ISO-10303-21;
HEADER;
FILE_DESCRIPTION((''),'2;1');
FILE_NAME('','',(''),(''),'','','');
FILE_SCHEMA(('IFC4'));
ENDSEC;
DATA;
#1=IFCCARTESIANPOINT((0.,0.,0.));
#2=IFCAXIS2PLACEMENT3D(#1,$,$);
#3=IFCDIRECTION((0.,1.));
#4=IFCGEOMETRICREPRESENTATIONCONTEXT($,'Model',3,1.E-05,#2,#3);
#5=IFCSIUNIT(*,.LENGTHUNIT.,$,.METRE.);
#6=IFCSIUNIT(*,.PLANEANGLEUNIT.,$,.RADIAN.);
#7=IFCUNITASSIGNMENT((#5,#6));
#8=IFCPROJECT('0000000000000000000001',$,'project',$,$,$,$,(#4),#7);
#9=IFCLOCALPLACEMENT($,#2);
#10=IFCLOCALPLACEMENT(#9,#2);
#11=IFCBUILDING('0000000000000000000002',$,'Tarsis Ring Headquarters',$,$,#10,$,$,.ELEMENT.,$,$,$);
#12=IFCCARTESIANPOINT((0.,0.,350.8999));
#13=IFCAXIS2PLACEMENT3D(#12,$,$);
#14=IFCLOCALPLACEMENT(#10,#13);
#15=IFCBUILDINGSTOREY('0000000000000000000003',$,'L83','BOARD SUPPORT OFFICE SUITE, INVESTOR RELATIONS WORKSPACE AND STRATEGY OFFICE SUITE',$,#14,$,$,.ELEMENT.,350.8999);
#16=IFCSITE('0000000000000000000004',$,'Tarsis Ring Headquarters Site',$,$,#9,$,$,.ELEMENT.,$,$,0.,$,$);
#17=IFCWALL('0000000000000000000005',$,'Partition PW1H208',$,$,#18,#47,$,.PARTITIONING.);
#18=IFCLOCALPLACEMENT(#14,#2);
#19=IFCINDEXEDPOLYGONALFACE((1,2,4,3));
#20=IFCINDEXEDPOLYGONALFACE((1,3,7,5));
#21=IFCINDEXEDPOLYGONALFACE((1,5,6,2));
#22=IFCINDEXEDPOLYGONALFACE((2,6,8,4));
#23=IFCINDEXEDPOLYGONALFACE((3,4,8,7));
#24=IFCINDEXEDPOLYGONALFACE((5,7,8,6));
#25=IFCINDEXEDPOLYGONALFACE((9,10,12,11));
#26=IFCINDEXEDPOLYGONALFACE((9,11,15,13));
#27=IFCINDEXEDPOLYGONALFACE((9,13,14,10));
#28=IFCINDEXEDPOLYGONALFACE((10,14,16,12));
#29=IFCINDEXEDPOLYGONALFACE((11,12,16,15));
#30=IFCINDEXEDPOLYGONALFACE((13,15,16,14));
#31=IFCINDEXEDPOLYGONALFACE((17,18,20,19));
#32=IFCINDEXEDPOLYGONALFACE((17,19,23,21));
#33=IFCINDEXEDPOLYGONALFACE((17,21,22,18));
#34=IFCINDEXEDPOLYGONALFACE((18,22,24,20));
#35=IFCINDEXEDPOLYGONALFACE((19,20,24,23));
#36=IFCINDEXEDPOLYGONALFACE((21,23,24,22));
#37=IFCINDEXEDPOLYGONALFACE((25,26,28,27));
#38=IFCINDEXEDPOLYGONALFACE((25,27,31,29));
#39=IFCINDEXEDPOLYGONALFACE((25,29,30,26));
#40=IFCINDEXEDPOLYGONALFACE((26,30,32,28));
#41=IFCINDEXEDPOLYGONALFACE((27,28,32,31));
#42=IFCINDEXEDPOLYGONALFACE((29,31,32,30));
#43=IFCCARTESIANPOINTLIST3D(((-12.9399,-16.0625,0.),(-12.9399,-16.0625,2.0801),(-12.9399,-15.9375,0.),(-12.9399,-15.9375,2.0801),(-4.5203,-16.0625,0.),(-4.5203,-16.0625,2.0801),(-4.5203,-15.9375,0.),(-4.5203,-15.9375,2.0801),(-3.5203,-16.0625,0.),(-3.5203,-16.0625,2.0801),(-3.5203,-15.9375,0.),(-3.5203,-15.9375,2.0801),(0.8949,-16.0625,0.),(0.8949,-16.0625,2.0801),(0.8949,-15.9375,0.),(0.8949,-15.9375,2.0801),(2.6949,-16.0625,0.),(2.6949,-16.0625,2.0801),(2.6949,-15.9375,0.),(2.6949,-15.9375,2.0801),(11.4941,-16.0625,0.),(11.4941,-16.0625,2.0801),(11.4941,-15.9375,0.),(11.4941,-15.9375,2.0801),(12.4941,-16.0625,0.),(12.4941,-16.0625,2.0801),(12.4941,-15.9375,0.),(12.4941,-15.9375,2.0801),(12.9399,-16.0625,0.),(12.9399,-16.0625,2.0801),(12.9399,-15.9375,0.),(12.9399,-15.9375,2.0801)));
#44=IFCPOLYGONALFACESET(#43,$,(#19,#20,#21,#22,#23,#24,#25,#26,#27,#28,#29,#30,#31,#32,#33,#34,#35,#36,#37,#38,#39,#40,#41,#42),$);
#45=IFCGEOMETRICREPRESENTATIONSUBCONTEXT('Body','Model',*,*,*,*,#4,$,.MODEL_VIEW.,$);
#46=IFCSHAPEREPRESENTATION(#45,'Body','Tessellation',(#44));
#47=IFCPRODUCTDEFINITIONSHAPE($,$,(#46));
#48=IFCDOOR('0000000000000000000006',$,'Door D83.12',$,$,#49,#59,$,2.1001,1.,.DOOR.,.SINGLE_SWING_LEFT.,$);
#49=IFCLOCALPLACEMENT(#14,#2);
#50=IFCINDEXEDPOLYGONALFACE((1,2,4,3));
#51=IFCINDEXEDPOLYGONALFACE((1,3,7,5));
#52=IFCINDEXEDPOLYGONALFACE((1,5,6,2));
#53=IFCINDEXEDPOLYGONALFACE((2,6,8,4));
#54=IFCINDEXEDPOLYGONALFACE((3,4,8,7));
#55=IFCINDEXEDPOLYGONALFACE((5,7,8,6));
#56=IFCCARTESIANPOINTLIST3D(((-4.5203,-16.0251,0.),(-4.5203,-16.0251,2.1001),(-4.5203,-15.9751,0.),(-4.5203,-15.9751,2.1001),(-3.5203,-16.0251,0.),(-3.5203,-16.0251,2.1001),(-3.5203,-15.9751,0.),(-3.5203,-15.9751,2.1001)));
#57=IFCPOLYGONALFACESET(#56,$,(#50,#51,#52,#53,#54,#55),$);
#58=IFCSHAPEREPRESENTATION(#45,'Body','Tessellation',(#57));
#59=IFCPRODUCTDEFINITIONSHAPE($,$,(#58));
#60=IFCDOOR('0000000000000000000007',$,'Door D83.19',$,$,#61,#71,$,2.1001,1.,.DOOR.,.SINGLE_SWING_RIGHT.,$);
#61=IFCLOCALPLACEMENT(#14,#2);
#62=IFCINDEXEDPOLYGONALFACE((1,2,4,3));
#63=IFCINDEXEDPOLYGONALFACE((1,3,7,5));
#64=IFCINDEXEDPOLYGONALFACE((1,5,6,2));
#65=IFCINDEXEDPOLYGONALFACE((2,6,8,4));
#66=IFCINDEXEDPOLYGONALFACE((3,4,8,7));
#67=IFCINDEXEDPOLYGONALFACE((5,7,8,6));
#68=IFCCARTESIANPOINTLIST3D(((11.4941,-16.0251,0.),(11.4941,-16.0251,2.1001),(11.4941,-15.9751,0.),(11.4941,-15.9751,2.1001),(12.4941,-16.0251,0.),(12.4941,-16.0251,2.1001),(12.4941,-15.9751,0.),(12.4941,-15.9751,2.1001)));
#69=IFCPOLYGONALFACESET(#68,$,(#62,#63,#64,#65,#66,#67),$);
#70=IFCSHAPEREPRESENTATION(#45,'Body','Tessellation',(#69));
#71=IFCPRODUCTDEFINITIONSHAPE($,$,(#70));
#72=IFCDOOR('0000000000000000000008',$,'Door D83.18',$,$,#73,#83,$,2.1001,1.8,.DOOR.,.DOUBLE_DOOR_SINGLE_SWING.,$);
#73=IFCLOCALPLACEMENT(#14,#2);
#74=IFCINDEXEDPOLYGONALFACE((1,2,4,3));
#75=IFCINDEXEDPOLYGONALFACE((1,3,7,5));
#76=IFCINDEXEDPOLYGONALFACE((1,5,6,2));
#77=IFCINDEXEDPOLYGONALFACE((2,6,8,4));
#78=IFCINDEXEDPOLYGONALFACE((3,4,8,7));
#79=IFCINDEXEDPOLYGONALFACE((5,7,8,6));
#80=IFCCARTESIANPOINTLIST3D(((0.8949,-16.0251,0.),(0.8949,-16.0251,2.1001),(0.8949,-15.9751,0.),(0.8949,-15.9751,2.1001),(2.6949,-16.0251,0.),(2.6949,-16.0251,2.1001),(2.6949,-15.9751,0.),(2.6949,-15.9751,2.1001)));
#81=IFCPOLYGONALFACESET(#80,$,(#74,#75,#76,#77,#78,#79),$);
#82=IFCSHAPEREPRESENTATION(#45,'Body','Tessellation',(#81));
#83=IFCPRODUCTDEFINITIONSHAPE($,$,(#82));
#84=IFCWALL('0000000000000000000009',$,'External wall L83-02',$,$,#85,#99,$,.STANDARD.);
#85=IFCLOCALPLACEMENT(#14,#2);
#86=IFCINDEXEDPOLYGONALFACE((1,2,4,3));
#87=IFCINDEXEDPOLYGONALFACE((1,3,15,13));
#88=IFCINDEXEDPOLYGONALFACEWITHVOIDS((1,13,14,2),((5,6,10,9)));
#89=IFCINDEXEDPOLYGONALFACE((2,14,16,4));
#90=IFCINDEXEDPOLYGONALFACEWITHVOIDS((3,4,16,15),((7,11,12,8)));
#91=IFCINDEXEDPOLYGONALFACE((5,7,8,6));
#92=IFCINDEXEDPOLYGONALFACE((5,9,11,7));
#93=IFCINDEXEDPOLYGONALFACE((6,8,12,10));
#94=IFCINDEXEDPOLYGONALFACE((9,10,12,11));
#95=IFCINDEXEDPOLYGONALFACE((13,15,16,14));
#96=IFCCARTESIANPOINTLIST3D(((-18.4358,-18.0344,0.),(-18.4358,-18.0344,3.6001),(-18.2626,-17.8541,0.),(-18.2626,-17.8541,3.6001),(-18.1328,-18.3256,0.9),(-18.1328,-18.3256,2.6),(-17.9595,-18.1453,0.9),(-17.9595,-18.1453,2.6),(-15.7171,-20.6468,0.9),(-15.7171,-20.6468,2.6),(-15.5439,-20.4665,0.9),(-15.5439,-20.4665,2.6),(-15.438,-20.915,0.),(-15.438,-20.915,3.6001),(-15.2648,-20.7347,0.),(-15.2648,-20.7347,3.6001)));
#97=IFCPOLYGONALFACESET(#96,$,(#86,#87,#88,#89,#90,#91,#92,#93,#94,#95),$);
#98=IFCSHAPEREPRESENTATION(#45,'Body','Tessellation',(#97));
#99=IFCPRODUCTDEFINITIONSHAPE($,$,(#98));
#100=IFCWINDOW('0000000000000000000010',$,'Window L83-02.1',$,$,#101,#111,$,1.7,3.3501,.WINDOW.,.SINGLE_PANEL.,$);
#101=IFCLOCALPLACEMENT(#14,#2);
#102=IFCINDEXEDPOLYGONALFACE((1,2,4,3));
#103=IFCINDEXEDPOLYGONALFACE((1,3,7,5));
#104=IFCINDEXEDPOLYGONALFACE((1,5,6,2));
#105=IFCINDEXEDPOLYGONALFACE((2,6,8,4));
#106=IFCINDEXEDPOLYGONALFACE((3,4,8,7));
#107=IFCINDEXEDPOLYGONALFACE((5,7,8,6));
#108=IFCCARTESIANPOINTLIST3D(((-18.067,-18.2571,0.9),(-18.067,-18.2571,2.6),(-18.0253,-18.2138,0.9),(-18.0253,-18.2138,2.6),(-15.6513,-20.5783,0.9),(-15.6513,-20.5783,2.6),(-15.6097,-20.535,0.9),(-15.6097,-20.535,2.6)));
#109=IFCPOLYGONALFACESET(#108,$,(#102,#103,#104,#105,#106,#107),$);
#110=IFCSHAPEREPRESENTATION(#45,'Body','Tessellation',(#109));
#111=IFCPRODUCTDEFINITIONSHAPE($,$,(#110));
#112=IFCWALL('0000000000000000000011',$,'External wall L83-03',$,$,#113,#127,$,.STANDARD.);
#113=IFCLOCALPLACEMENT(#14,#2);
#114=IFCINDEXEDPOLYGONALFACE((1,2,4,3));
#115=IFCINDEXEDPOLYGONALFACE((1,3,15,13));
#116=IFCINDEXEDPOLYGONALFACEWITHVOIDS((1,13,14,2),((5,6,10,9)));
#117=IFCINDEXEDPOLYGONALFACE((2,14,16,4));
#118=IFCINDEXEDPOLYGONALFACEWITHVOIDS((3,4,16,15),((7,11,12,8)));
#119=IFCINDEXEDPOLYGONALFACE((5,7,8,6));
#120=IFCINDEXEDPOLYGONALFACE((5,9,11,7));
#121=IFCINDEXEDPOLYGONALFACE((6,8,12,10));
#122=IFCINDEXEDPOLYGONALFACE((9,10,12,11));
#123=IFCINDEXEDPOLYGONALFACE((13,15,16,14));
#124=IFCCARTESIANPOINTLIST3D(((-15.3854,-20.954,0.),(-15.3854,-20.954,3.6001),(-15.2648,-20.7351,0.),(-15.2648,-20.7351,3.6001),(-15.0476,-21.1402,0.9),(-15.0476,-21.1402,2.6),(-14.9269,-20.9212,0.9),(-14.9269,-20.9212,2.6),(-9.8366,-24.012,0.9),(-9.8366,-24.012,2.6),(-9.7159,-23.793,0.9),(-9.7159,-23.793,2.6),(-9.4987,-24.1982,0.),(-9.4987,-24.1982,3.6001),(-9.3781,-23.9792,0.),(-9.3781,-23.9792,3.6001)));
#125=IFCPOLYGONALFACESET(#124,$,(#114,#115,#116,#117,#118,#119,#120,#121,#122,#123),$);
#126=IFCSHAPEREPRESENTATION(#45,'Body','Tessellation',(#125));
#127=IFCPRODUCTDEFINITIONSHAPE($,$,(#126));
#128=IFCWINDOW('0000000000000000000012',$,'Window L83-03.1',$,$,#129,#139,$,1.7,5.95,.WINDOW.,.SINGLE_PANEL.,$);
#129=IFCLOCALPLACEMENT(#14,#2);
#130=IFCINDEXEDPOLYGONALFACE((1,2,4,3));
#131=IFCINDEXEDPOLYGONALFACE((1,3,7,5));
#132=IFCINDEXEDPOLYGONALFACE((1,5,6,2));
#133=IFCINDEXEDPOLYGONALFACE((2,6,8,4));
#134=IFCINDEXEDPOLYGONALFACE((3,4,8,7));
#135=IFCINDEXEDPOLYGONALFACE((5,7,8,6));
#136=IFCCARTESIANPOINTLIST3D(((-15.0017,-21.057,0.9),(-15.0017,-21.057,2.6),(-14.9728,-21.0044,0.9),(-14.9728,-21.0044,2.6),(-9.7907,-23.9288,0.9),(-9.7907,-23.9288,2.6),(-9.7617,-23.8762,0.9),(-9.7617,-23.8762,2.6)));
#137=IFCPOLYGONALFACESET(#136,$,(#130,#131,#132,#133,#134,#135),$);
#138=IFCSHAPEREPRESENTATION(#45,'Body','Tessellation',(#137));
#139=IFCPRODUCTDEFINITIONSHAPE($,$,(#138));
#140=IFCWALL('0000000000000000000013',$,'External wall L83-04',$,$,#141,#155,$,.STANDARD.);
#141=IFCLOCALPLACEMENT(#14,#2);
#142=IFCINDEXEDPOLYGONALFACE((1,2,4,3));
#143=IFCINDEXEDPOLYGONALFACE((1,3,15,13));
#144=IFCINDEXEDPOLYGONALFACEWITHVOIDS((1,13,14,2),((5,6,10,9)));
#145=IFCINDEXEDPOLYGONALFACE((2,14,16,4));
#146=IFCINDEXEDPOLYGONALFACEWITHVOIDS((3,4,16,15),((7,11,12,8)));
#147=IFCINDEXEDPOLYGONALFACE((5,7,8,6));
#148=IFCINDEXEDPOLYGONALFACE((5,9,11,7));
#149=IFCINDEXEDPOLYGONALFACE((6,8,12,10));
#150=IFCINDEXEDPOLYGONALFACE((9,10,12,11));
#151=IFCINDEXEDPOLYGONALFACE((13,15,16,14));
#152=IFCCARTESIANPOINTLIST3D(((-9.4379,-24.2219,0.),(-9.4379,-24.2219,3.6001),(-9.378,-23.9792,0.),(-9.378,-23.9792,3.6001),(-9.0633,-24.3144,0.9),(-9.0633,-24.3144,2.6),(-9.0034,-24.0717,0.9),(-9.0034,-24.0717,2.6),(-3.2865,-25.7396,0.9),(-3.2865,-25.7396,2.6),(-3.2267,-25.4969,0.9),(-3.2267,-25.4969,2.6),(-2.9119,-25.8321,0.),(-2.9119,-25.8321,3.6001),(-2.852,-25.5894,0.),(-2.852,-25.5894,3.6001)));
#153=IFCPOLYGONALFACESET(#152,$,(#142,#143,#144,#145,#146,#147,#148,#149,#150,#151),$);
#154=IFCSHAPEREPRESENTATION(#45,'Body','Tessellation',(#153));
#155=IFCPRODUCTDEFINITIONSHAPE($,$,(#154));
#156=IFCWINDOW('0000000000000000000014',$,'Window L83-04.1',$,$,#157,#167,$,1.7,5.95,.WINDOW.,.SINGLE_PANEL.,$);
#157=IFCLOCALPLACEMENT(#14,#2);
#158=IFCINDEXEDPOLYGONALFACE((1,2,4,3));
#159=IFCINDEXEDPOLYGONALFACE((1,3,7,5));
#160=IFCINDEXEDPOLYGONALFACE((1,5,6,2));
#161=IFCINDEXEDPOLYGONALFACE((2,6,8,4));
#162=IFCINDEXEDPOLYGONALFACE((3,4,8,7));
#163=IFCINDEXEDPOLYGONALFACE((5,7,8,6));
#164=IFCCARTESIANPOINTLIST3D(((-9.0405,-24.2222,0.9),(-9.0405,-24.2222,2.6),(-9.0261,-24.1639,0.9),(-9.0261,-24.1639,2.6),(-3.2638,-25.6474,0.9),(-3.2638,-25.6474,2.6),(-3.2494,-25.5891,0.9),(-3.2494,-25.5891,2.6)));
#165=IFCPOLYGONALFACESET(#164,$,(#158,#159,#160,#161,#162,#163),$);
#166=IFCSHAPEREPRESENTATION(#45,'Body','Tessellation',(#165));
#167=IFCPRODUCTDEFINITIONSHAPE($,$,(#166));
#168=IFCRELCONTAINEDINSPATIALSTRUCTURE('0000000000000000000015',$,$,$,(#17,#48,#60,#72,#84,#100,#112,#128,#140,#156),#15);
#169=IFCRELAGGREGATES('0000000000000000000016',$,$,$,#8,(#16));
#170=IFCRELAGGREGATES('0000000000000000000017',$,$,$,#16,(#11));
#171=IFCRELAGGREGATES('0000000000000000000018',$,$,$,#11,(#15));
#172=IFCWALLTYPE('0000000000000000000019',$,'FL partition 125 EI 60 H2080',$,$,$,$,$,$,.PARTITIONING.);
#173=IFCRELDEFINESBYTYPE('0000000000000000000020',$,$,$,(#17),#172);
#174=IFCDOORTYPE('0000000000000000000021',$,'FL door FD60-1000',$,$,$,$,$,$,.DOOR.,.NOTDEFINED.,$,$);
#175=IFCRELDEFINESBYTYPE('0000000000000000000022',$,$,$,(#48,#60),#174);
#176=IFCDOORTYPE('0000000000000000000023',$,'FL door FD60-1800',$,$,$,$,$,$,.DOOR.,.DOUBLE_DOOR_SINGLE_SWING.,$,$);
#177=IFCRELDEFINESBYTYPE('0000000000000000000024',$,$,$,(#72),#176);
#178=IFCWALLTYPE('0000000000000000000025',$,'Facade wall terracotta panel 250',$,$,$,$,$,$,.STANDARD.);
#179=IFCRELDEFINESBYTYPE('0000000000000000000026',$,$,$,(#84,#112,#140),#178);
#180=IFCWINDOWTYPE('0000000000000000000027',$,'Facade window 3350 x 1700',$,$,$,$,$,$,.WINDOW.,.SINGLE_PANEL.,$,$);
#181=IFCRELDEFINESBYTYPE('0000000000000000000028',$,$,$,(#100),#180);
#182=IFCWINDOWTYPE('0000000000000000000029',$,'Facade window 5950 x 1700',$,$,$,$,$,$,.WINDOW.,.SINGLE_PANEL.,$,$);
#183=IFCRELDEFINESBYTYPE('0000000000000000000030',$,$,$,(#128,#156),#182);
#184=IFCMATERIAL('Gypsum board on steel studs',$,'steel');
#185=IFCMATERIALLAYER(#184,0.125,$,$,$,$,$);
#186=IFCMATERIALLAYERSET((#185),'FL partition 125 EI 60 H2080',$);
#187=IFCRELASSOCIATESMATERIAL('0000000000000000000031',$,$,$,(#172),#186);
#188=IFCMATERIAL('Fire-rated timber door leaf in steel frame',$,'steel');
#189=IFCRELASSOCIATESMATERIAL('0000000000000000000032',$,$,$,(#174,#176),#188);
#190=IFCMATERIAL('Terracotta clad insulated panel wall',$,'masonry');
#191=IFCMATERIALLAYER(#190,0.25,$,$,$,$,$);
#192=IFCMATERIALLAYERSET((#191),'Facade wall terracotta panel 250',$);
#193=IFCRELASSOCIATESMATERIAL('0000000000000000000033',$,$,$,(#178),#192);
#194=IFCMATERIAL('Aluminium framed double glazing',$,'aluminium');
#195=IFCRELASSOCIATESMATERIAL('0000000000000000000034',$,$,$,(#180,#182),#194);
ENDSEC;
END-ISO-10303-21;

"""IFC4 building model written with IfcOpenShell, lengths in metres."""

from ifc_helpers import new_model, si_unit, direction, frame, frame_2d, origin, place, context, subcontext, project, spatial, rectangle, extrude, material, layer, layer_set, type_object, element, fill, save


model = new_model("IFC4")

# Units and contexts
model_context = context("Model", 3, precision=1e-05, world=origin(), true_north=direction((0.0, 1.0)))
body_context = subcontext(model_context, "Body", "Model", "MODEL_VIEW")
ifc_project = project(units=[si_unit("LENGTHUNIT", "METRE"), si_unit("PLANEANGLEUNIT", "RADIAN")], contexts=[model_context])

# Site, building, storey
site_placement = place(None, origin())
site = spatial("IfcSite", under=ifc_project, at=site_placement, Name="Tarsis Ring Headquarters Site", CompositionType="ELEMENT", RefElevation=0.0)
building_placement = place(site_placement, origin())
building = spatial("IfcBuilding", under=site, at=building_placement, Name="Tarsis Ring Headquarters", CompositionType="ELEMENT")
storey_placement = place(building_placement, frame((0.0, 0.0, 350.8999)))
storey = spatial("IfcBuildingStorey", under=building, at=storey_placement, Name="L83", Description="BOARD SUPPORT OFFICE SUITE, INVESTOR RELATIONS WORKSPACE AND STRATEGY OFFICE SUITE", CompositionType="ELEMENT", Elevation=350.8999)

# Shared definitions
ifc_material_1 = material(Name="Gypsum board on steel studs", Category="steel")

# Wall, openings, doors
ifc_layer_1 = layer(ifc_material_1, 0.125)
ifc_layer_set_1 = layer_set([ifc_layer_1], Name="FL partition 125 EI 60 H2080")
wall_type_1 = type_object("IfcWallType", Name="FL partition 125 EI 60 H2080", PredefinedType="PARTITIONING", material=ifc_layer_set_1)
ifc_material_2 = material(Name="Fire-rated timber door leaf in steel frame", Category="steel")
door_type_1 = type_object("IfcDoorType", Name="FL door FD60-1000", OperationType="NOTDEFINED", PredefinedType="DOOR", material=ifc_material_2)
door_type_2 = type_object("IfcDoorType", Name="FL door FD60-1800", OperationType="DOUBLE_DOOR_SINGLE_SWING", PredefinedType="DOOR", material=ifc_material_2)
wall_1_placement = place(storey_placement, frame((-12.9399, -16.0, 0.0), z_axis=(0.0, 0.0, 1.0), x_axis=(1.0, 0.0, 0.0)))
wall_1 = element("IfcWall", 1, at=wall_1_placement, inside=storey, type_object=wall_type_1, Name="Partition PW1H208", PredefinedType="PARTITIONING", context=body_context, shape_type="SweptSolid", body=[
    extrude(rectangle(XDim=25.8799, YDim=0.125, at=frame_2d((12.9399, 0.0))), origin(), (0.0, 0.0, 1.0), 2.0801),
])
opening_1_placement = place(wall_1_placement, frame((8.4197, 0.0, 0.0)))
opening_1 = element("IfcOpeningElement", 2, at=opening_1_placement, cuts=wall_1, PredefinedType="OPENING", context=body_context, shape_type="SweptSolid", body=[
    extrude(rectangle(XDim=1.0, YDim=2.1001, at=frame_2d((0.5, 1.05))), frame((0.0, 0.0725, 0.0), z_axis=(0.0, -1.0, 0.0), x_axis=(1.0, 0.0, 0.0)), (0.0, 0.0, 1.0), 0.145),
])
opening_2_placement = place(wall_1_placement, frame((13.835, 0.0, 0.0)))
opening_2 = element("IfcOpeningElement", 3, at=opening_2_placement, cuts=wall_1, PredefinedType="OPENING", context=body_context, shape_type="SweptSolid", body=[
    extrude(rectangle(XDim=1.8, YDim=2.1001, at=frame_2d((0.8999, 1.05))), frame((0.0, 0.0725, 0.0), z_axis=(0.0, -1.0, 0.0), x_axis=(1.0, 0.0, 0.0)), (0.0, 0.0, 1.0), 0.145),
])
opening_3_placement = place(wall_1_placement, frame((24.4341, 0.0, 0.0)))
opening_3 = element("IfcOpeningElement", 4, at=opening_3_placement, cuts=wall_1, PredefinedType="OPENING", context=body_context, shape_type="SweptSolid", body=[
    extrude(rectangle(XDim=1.0, YDim=2.1001, at=frame_2d((0.5, 1.05))), frame((0.0, 0.0725, 0.0), z_axis=(0.0, -1.0, 0.0), x_axis=(1.0, 0.0, 0.0)), (0.0, 0.0, 1.0), 0.145),
])
door_1_placement = place(opening_1_placement, origin())
door_1 = element("IfcDoor", 5, at=door_1_placement, inside=storey, type_object=door_type_1, Name="Door D83.12", OperationType="SINGLE_SWING_LEFT", OverallHeight=2.1001, OverallWidth=1.0, PredefinedType="DOOR", context=body_context, shape_type="SweptSolid", body=[
    extrude(rectangle(XDim=1.0, YDim=2.1001, at=frame_2d((0.5, 1.05))), frame((0.0, 0.0249, 0.0), z_axis=(0.0, -1.0, 0.0), x_axis=(1.0, 0.0, 0.0)), (0.0, 0.0, 1.0), 0.05),
])
fill(opening_1, door_1)
door_2_placement = place(opening_3_placement, origin())
door_2 = element("IfcDoor", 6, at=door_2_placement, inside=storey, type_object=door_type_1, Name="Door D83.19", OperationType="SINGLE_SWING_RIGHT", OverallHeight=2.1001, OverallWidth=1.0, PredefinedType="DOOR", context=body_context, shape_type="SweptSolid", body=[
    extrude(rectangle(XDim=1.0, YDim=2.1001, at=frame_2d((0.5, 1.05))), frame((0.0, 0.0249, 0.0), z_axis=(0.0, -1.0, 0.0), x_axis=(1.0, 0.0, 0.0)), (0.0, 0.0, 1.0), 0.05),
])
fill(opening_3, door_2)
door_3_placement = place(opening_2_placement, origin())
door_3 = element("IfcDoor", 7, at=door_3_placement, inside=storey, type_object=door_type_2, Name="Door D83.18", OperationType="DOUBLE_DOOR_SINGLE_SWING", OverallHeight=2.1001, OverallWidth=1.8, PredefinedType="DOOR", context=body_context, shape_type="SweptSolid", body=[
    extrude(rectangle(XDim=1.8, YDim=2.1001, at=frame_2d((0.8999, 1.05))), frame((0.0, 0.0249, 0.0), z_axis=(0.0, -1.0, 0.0), x_axis=(1.0, 0.0, 0.0)), (0.0, 0.0, 1.0), 0.05),
])
fill(opening_2, door_3)

# Walls, openings, windows
ifc_material_3 = material(Name="Terracotta clad insulated panel wall", Category="masonry")
ifc_layer_2 = layer(ifc_material_3, 0.25)
ifc_layer_set_2 = layer_set([ifc_layer_2], Name="Facade wall terracotta panel 250")
wall_type_2 = type_object("IfcWallType", Name="Facade wall terracotta panel 250", PredefinedType="STANDARD", material=ifc_layer_set_2)
wall_2_placement = place(storey_placement, frame((-18.3491, -17.9443, 0.0), z_axis=(0.0, 0.0, 1.0), x_axis=(0.72106, -0.692873, 0.0)))
wall_2 = element("IfcWall", 8, at=wall_2_placement, inside=storey, type_object=wall_type_2, Name="External wall L83-02", PredefinedType="STANDARD", context=body_context, shape_type="SweptSolid", body=[
    extrude(rectangle(XDim=4.1575, YDim=0.25, at=frame_2d((2.0786, 0.0))), origin(), (0.0, 0.0, 1.0), 3.6001),
])
opening_4_placement = place(wall_2_placement, frame((0.4202, 0.0, 0.8999)))
opening_4 = element("IfcOpeningElement", 9, at=opening_4_placement, cuts=wall_2, PredefinedType="OPENING", context=body_context, shape_type="SweptSolid", body=[
    extrude(rectangle(XDim=3.3501, YDim=1.7, at=frame_2d((1.675, 0.8501))), frame((0.0, 0.135, 0.0), z_axis=(0.0, -1.0, 0.0), x_axis=(1.0, 0.0, 0.0)), (0.0, 0.0, 1.0), 0.27),
])
ifc_material_4 = material(Name="Aluminium framed double glazing", Category="aluminium")
window_type_1 = type_object("IfcWindowType", Name="Facade window 3350 x 1700", PartitioningType="SINGLE_PANEL", PredefinedType="WINDOW", material=ifc_material_4)
window_1_placement = place(opening_4_placement, origin())
window_1 = element("IfcWindow", 10, at=window_1_placement, inside=storey, type_object=window_type_1, Name="Window L83-02.1", OverallHeight=1.7, OverallWidth=3.3501, PartitioningType="SINGLE_PANEL", PredefinedType="WINDOW", context=body_context, shape_type="SweptSolid", body=[
    extrude(rectangle(XDim=3.3501, YDim=1.7, at=frame_2d((1.675, 0.8501))), frame((0.0, 0.03, 0.0), z_axis=(0.0, -1.0, 0.0), x_axis=(1.0, 0.0, 0.0)), (0.0, 0.0, 1.0), 0.0601),
])
fill(opening_4, window_1)
wall_3_placement = place(storey_placement, frame((-15.3252, -20.8445, 0.0), z_axis=(0.0, 0.0, 1.0), x_axis=(0.875811, -0.482655, 0.0)))
wall_3 = element("IfcWall", 11, at=wall_3_placement, inside=storey, type_object=wall_type_2, Name="External wall L83-03", PredefinedType="STANDARD", context=body_context, shape_type="SweptSolid", body=[
    extrude(rectangle(XDim=6.7214, YDim=0.25, at=frame_2d((3.3608, 0.0))), origin(), (0.0, 0.0, 1.0), 3.6001),
])
opening_5_placement = place(wall_3_placement, frame((0.3857, 0.0, 0.8999)))
opening_5 = element("IfcOpeningElement", 12, at=opening_5_placement, cuts=wall_3, PredefinedType="OPENING", context=body_context, shape_type="SweptSolid", body=[
    extrude(rectangle(XDim=5.95, YDim=1.7, at=frame_2d((2.9751, 0.8501))), frame((0.0, 0.135, 0.0), z_axis=(0.0, -1.0, 0.0), x_axis=(1.0, 0.0, 0.0)), (0.0, 0.0, 1.0), 0.27),
])
window_type_2 = type_object("IfcWindowType", Name="Facade window 5950 x 1700", PartitioningType="SINGLE_PANEL", PredefinedType="WINDOW", material=ifc_material_4)
window_2_placement = place(opening_5_placement, origin())
window_2 = element("IfcWindow", 13, at=window_2_placement, inside=storey, type_object=window_type_2, Name="Window L83-03.1", OverallHeight=1.7, OverallWidth=5.95, PartitioningType="SINGLE_PANEL", PredefinedType="WINDOW", context=body_context, shape_type="SweptSolid", body=[
    extrude(rectangle(XDim=5.95, YDim=1.7, at=frame_2d((2.9751, 0.8501))), frame((0.0, 0.03, 0.0), z_axis=(0.0, -1.0, 0.0), x_axis=(1.0, 0.0, 0.0)), (0.0, 0.0, 1.0), 0.0601),
])
fill(opening_5, window_2)
wall_4_placement = place(storey_placement, frame((-9.408, -24.1006, 0.0), z_axis=(0.0, 0.0, 1.0), x_axis=(0.970886, -0.239543, 0.0)))
wall_4 = element("IfcWall", 14, at=wall_4_placement, inside=storey, type_object=wall_type_2, Name="External wall L83-04", PredefinedType="STANDARD", context=body_context, shape_type="SweptSolid", body=[
    extrude(rectangle(XDim=6.7217, YDim=0.25, at=frame_2d((3.3608, 0.0))), origin(), (0.0, 0.0, 1.0), 3.6001),
])
opening_6_placement = place(wall_4_placement, frame((0.3857, 0.0, 0.8999)))
opening_6 = element("IfcOpeningElement", 15, at=opening_6_placement, cuts=wall_4, PredefinedType="OPENING", context=body_context, shape_type="SweptSolid", body=[
    extrude(rectangle(XDim=5.95, YDim=1.7, at=frame_2d((2.9751, 0.8501))), frame((0.0, 0.135, 0.0), z_axis=(0.0, -1.0, 0.0), x_axis=(1.0, 0.0, 0.0)), (0.0, 0.0, 1.0), 0.27),
])
window_3_placement = place(opening_6_placement, origin())
window_3 = element("IfcWindow", 16, at=window_3_placement, inside=storey, type_object=window_type_2, Name="Window L83-04.1", OverallHeight=1.7, OverallWidth=5.95, PartitioningType="SINGLE_PANEL", PredefinedType="WINDOW", context=body_context, shape_type="SweptSolid", body=[
    extrude(rectangle(XDim=5.95, YDim=1.7, at=frame_2d((2.9751, 0.8501))), frame((0.0, 0.03, 0.0), z_axis=(0.0, -1.0, 0.0), x_axis=(1.0, 0.0, 0.0)), (0.0, 0.0, 1.0), 0.0601),
])
fill(opening_6, window_3)

save(model, "model.ifc")
